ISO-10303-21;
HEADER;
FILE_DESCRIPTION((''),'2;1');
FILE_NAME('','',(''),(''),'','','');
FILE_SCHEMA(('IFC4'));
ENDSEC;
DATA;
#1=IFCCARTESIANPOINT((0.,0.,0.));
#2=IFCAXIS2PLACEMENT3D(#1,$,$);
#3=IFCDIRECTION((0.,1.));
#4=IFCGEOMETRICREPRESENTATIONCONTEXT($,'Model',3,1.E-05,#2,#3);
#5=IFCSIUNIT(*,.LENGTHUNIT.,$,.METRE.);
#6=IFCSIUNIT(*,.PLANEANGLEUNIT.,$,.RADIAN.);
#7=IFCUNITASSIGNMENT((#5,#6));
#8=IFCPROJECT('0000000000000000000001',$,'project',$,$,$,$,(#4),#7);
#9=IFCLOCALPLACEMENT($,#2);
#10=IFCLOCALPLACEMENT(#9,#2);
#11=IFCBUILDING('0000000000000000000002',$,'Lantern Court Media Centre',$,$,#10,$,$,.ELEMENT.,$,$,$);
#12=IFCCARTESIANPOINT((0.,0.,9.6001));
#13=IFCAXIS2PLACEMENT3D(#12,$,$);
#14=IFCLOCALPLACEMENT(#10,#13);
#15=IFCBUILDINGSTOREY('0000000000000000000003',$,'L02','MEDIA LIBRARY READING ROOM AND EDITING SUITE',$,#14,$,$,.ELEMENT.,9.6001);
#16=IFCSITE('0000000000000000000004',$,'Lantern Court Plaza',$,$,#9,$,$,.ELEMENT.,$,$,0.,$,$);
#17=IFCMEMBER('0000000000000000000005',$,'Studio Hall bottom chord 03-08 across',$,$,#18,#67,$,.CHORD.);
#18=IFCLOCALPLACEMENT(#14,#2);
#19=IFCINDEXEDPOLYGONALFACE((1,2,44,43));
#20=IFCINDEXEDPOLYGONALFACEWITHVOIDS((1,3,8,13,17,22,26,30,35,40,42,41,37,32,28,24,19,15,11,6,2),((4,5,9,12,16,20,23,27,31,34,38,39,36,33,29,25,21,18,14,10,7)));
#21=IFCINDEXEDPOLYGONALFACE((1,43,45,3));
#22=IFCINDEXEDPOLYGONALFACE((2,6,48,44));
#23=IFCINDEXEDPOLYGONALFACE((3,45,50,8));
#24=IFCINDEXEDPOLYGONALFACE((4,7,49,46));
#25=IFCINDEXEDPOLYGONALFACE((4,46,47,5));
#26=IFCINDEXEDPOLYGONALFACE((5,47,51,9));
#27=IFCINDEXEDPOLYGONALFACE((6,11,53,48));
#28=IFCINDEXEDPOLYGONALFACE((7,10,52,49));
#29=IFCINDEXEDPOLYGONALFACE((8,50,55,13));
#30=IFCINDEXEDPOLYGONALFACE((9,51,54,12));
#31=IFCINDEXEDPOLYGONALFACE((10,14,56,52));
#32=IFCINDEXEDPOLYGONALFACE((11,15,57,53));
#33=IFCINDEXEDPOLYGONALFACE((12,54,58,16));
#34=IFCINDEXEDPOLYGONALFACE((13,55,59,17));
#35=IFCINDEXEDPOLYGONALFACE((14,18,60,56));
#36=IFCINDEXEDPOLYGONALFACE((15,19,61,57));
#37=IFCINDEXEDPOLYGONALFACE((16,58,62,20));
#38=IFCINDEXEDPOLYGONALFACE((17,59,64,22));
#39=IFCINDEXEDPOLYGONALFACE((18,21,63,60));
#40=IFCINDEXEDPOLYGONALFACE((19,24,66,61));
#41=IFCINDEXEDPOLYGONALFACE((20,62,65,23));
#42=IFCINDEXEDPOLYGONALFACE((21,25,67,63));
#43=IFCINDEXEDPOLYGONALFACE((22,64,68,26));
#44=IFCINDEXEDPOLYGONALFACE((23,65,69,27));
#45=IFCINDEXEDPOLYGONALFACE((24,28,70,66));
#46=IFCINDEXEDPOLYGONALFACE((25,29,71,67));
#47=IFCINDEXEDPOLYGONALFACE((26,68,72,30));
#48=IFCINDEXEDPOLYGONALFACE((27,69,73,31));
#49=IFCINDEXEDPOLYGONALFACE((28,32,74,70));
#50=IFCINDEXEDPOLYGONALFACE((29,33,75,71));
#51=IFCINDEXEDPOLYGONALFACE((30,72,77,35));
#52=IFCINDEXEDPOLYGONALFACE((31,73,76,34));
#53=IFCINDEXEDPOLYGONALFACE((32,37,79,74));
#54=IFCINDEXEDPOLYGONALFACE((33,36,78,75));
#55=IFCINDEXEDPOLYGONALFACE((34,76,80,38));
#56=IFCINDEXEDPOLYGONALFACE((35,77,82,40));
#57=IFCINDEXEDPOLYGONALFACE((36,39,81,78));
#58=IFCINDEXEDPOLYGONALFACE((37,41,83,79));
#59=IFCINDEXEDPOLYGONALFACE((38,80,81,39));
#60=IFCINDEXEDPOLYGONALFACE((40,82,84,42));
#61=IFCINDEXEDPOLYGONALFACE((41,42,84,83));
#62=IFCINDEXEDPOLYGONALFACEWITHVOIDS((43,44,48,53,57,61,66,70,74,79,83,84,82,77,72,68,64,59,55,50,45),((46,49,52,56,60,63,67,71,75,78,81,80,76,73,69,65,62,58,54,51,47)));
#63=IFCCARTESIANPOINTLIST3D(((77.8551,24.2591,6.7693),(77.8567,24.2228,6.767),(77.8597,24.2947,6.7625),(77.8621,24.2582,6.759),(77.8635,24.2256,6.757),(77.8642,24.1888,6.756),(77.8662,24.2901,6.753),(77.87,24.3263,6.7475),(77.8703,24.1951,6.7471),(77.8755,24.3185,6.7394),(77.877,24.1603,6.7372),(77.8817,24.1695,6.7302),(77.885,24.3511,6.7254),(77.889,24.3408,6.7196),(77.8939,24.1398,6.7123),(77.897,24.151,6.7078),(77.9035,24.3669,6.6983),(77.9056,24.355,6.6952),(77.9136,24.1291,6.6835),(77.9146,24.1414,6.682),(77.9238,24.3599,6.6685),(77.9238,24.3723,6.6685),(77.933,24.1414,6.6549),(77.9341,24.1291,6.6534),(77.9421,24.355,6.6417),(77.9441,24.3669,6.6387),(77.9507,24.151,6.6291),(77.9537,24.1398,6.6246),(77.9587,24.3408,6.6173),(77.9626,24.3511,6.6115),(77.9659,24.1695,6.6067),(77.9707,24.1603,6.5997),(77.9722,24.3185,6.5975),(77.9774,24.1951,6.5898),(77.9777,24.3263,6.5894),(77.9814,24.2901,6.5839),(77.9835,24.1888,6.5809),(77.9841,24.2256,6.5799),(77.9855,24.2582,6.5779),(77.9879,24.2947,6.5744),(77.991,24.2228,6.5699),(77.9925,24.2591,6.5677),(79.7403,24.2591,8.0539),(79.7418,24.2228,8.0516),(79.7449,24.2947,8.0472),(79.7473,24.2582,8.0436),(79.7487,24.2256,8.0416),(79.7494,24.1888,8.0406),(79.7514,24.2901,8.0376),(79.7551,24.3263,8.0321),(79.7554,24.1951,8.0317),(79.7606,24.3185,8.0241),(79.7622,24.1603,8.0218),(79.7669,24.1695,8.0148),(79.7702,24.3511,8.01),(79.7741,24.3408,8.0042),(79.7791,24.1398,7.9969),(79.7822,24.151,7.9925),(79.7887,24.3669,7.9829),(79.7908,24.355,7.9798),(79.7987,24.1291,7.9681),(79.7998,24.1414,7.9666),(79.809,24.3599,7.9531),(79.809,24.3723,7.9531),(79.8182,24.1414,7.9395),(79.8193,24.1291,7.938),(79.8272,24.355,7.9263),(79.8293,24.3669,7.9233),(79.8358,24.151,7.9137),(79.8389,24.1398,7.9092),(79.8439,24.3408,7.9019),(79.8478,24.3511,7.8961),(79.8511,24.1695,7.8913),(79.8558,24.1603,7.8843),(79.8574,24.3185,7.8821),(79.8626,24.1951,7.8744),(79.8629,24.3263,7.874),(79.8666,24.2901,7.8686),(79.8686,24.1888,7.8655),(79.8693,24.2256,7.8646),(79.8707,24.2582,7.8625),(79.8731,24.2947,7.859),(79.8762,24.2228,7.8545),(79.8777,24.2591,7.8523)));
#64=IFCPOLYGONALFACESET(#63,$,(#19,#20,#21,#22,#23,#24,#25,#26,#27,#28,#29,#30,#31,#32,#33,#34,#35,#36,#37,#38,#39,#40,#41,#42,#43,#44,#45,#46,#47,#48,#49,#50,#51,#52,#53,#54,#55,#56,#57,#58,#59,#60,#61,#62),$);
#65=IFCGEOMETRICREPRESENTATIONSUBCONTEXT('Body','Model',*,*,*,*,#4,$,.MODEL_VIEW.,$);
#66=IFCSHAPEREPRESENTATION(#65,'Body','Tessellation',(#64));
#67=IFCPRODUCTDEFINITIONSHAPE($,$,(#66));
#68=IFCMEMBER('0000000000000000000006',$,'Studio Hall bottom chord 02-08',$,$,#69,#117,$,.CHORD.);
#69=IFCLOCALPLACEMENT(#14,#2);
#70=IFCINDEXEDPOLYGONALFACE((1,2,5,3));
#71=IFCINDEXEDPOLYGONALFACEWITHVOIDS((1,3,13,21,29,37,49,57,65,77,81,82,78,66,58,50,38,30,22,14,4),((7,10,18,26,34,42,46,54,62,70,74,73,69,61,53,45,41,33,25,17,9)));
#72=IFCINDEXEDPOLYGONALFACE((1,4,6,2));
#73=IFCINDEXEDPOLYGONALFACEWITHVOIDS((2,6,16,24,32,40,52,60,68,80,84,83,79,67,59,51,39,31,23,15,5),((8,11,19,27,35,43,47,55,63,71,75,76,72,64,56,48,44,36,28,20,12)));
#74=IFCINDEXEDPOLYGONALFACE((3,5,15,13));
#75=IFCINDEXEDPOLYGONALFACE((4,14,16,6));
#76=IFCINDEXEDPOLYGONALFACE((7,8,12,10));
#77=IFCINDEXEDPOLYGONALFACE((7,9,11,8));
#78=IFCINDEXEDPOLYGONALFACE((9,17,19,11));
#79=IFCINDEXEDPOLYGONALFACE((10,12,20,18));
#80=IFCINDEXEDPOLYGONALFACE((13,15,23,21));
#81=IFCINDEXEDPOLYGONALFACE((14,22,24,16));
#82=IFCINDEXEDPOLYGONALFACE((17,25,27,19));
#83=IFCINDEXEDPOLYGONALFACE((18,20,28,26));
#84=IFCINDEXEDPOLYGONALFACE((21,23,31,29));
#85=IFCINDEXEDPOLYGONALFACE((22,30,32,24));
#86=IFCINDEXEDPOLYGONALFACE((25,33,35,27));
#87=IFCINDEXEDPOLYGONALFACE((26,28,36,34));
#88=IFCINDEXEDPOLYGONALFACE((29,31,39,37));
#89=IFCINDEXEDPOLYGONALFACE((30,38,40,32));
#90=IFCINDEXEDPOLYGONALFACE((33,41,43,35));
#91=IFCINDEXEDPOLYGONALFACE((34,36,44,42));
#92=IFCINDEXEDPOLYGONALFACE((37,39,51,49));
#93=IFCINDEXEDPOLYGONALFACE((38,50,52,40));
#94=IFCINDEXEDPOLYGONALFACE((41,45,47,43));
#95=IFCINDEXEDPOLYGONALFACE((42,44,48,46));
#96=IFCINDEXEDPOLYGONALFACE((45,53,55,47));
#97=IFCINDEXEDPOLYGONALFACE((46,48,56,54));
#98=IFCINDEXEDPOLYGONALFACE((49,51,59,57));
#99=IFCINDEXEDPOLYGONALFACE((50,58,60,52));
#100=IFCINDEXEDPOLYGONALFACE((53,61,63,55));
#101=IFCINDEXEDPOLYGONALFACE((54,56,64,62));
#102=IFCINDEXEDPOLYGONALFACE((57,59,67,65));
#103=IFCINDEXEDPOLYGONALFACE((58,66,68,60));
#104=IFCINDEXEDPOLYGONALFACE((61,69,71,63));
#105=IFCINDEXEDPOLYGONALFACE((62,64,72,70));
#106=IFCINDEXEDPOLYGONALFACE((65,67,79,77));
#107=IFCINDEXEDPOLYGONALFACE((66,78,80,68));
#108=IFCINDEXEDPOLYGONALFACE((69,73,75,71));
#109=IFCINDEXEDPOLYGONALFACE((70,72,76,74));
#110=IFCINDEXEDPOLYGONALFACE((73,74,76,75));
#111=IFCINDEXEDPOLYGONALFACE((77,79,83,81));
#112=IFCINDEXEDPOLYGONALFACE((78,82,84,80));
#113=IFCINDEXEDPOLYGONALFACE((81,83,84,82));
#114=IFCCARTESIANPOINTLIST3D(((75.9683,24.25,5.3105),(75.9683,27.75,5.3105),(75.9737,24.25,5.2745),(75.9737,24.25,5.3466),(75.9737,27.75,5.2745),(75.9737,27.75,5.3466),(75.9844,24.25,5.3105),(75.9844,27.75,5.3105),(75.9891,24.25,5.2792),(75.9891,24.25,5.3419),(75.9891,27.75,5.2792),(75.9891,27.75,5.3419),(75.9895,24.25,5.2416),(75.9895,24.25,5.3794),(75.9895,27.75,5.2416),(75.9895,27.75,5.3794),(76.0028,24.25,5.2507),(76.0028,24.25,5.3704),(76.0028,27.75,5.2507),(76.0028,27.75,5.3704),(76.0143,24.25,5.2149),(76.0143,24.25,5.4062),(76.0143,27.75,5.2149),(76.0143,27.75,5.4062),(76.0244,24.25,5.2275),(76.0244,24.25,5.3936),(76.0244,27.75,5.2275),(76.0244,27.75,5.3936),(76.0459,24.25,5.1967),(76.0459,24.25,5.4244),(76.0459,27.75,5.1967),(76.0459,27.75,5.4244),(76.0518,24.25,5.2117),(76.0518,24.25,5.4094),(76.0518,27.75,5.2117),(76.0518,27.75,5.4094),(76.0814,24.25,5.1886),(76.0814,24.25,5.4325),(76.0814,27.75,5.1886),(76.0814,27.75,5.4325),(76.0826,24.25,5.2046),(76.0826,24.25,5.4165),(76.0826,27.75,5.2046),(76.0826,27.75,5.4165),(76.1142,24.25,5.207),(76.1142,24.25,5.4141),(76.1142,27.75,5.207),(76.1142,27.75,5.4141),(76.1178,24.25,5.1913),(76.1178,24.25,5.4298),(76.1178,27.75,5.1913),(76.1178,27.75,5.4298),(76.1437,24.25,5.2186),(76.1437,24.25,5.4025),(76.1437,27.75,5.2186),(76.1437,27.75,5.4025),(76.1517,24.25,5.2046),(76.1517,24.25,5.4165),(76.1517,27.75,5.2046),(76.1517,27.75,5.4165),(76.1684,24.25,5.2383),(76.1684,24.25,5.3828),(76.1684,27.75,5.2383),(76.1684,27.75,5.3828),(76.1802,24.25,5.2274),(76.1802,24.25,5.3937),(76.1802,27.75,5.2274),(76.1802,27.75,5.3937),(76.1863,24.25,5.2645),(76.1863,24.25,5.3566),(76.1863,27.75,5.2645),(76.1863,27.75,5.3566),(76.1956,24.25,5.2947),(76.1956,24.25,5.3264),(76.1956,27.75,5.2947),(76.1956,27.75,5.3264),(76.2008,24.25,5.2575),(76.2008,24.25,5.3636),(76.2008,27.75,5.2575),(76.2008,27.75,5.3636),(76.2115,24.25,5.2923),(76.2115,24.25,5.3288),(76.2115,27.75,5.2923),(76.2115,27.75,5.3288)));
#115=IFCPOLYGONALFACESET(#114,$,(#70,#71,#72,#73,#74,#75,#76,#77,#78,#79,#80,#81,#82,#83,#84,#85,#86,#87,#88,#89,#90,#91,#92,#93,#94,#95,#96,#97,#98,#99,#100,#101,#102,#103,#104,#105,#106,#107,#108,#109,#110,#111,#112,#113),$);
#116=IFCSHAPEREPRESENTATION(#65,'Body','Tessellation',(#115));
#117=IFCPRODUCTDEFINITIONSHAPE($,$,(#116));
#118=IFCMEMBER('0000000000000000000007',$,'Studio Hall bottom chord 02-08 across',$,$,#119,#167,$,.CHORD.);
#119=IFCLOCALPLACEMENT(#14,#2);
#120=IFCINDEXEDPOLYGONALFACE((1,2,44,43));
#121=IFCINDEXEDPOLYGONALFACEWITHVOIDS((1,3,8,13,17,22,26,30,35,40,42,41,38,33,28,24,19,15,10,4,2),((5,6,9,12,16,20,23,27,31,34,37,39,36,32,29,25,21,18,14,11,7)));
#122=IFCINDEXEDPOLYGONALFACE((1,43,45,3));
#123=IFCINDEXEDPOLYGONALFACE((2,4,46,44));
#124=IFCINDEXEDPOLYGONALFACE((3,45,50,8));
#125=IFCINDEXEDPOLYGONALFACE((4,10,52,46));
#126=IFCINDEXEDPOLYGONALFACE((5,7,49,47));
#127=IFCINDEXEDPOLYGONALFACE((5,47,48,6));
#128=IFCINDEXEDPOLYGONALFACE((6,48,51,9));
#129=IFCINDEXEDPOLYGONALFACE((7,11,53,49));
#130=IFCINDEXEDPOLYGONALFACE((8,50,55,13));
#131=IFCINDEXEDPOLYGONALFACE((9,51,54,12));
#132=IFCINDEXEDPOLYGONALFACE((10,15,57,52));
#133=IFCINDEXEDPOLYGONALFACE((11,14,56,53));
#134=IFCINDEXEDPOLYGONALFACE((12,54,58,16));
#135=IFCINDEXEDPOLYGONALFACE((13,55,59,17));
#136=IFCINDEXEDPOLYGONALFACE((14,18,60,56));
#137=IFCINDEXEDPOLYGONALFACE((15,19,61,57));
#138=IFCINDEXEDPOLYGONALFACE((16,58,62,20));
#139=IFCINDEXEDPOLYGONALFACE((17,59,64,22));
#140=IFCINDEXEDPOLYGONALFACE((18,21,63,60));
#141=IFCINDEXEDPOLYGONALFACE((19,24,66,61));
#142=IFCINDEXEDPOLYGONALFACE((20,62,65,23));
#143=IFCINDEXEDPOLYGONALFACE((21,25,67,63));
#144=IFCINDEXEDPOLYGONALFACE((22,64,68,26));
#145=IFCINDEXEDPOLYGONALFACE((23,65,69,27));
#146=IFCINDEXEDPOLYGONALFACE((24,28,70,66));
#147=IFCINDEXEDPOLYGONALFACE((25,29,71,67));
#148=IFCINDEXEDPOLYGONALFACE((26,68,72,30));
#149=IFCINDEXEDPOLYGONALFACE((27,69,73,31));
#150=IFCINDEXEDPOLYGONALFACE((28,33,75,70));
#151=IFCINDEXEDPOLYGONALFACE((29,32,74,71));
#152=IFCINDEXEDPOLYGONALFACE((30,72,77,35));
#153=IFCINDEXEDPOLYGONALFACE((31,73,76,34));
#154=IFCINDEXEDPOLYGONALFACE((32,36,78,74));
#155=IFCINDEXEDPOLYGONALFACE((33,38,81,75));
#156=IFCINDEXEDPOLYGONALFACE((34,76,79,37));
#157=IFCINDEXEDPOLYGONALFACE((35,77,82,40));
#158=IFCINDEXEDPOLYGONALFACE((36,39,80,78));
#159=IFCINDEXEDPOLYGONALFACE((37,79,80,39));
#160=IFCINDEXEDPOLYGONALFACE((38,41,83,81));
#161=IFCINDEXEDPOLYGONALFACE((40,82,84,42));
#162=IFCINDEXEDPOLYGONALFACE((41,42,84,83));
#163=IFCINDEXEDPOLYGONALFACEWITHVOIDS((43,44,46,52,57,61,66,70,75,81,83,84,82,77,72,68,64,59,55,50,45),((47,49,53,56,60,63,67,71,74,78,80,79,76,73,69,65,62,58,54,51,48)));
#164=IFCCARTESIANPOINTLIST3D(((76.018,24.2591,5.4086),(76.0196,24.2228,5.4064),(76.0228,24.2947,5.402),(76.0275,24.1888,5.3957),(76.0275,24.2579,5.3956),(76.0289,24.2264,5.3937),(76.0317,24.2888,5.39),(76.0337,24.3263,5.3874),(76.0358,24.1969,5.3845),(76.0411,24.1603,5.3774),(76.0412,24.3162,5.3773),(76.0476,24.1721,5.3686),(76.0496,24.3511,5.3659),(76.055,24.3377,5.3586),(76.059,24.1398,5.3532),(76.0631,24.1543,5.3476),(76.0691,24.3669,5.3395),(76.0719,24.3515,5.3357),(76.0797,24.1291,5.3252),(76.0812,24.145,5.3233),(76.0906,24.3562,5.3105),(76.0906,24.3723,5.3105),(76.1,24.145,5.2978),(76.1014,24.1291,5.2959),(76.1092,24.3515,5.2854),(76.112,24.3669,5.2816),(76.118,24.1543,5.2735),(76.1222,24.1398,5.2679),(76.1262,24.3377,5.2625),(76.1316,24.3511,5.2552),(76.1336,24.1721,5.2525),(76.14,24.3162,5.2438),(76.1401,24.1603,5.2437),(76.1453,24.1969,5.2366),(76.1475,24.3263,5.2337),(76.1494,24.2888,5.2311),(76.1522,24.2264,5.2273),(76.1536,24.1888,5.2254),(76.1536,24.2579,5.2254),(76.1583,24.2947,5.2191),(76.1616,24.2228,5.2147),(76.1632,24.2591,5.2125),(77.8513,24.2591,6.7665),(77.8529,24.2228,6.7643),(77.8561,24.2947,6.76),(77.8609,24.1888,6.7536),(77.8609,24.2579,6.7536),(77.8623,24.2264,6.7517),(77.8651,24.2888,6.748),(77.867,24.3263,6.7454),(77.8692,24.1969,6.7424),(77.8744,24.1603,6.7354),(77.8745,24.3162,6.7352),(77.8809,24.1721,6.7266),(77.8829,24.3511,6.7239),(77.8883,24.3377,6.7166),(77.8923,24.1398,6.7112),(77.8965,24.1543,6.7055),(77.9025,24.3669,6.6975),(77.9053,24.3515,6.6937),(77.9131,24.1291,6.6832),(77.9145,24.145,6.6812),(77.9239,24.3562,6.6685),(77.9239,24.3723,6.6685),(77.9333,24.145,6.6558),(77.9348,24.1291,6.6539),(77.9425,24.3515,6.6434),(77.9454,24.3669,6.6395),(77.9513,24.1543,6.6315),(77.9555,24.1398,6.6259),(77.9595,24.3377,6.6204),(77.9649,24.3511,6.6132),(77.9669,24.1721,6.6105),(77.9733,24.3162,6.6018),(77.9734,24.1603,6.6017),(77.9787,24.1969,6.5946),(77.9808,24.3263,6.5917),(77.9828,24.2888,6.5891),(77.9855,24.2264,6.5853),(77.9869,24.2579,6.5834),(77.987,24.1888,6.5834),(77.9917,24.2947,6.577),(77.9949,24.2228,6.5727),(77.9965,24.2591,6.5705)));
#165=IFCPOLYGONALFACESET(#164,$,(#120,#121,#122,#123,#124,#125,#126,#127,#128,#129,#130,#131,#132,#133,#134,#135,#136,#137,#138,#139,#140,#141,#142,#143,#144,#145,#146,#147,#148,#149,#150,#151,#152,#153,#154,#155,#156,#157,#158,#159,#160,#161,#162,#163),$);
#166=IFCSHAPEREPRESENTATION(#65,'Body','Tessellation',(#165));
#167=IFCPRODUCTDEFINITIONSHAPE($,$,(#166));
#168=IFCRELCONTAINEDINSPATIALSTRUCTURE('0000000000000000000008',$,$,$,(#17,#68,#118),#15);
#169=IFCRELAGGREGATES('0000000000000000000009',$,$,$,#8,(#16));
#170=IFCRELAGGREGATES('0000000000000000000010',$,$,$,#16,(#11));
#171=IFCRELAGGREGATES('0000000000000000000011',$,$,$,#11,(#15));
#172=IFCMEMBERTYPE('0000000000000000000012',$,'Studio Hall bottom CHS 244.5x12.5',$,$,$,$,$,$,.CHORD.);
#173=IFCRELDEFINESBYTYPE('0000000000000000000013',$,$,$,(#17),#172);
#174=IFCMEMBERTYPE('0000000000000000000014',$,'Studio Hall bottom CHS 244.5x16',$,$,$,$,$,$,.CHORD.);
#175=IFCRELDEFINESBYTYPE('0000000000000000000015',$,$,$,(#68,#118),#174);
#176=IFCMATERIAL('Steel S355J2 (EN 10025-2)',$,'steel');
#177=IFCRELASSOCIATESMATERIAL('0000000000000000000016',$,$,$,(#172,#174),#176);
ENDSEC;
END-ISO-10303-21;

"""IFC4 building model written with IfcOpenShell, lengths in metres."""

from ifc_helpers import new_model, si_unit, direction, frame, origin, origin_2d, place, context, subcontext, project, spatial, hollow_circle, extrude, material, material_profile, profile_set, type_object, element, save


model = new_model("IFC4")

# Units and contexts
model_context = context("Model", 3, precision=1e-05, world=origin(), true_north=direction((0.0, 1.0)))
body_context = subcontext(model_context, "Body", "Model", "MODEL_VIEW")
ifc_project = project(units=[si_unit("LENGTHUNIT", "METRE"), si_unit("PLANEANGLEUNIT", "RADIAN")], contexts=[model_context])

# Site, building, storey
site_placement = place(None, origin())
site = spatial("IfcSite", under=ifc_project, at=site_placement, Name="Lantern Court Plaza", CompositionType="ELEMENT", RefElevation=0.0)
building_placement = place(site_placement, origin())
building = spatial("IfcBuilding", under=site, at=building_placement, Name="Lantern Court Media Centre", CompositionType="ELEMENT")
storey_placement = place(building_placement, frame((0.0, 0.0, 9.6001)))
storey = spatial("IfcBuildingStorey", under=building, at=storey_placement, Name="L02", Description="MEDIA LIBRARY READING ROOM AND EDITING SUITE", CompositionType="ELEMENT", Elevation=9.6001)

# Members
ifc_material = material(Name="Steel S355J2 (EN 10025-2)", Category="steel")
ifc_material_profile_1 = material_profile(ifc_material, hollow_circle(Radius=0.1223, WallThickness=0.0125, at=origin_2d()), Name="Studio Hall bottom CHS 244.5x12.5")
ifc_profile_set_1 = profile_set([ifc_material_profile_1], Name="Steel S355J2 (EN 10025-2)")
member_type_1 = type_object("IfcMemberType", Name="Studio Hall bottom CHS 244.5x12.5", PredefinedType="CHORD", material=ifc_profile_set_1)
member_1_placement = place(storey_placement, frame((77.9238, 24.25, 6.6685), z_axis=(0.826377, 0.0, 0.563118), x_axis=(0.0, 1.0, 0.0)))
element("IfcMember", 1, at=member_1_placement, inside=storey, type_object=member_type_1, Name="Studio Hall bottom chord 03-08 across", PredefinedType="CHORD", context=body_context, shape_type="SweptSolid", body=[
    extrude(hollow_circle(Radius=0.1223, WallThickness=0.0125, at=origin_2d()), origin(), (0.0, 0.0, 1.0), 2.2812),
])
ifc_material_profile_2 = material_profile(ifc_material, hollow_circle(Radius=0.1223, WallThickness=0.0161, at=origin_2d()), Name="Studio Hall bottom CHS 244.5x16")
ifc_profile_set_2 = profile_set([ifc_material_profile_2], Name="Steel S355J2 (EN 10025-2)")
member_type_2 = type_object("IfcMemberType", Name="Studio Hall bottom CHS 244.5x16", PredefinedType="CHORD", material=ifc_profile_set_2)
member_2_placement = place(storey_placement, frame((76.0906, 24.25, 5.3105), z_axis=(0.0, 1.0, 0.0), x_axis=(-1.0, 0.0, 0.0)))
element("IfcMember", 2, at=member_2_placement, inside=storey, type_object=member_type_2, Name="Studio Hall bottom chord 02-08", PredefinedType="CHORD", context=body_context, shape_type="SweptSolid", body=[
    extrude(hollow_circle(Radius=0.1223, WallThickness=0.0161, at=origin_2d()), origin(), (0.0, 0.0, 1.0), 3.5),
])
member_3_placement = place(storey_placement, frame((76.0906, 24.25, 5.3105), z_axis=(0.803569, 0.0, 0.595212), x_axis=(0.0, 1.0, 0.0)))
element("IfcMember", 3, at=member_3_placement, inside=storey, type_object=member_type_2, Name="Studio Hall bottom chord 02-08 across", PredefinedType="CHORD", context=body_context, shape_type="SweptSolid", body=[
    extrude(hollow_circle(Radius=0.1223, WallThickness=0.0161, at=origin_2d()), origin(), (0.0, 0.0, 1.0), 2.2815),
])

save(model, "model.ifc")
